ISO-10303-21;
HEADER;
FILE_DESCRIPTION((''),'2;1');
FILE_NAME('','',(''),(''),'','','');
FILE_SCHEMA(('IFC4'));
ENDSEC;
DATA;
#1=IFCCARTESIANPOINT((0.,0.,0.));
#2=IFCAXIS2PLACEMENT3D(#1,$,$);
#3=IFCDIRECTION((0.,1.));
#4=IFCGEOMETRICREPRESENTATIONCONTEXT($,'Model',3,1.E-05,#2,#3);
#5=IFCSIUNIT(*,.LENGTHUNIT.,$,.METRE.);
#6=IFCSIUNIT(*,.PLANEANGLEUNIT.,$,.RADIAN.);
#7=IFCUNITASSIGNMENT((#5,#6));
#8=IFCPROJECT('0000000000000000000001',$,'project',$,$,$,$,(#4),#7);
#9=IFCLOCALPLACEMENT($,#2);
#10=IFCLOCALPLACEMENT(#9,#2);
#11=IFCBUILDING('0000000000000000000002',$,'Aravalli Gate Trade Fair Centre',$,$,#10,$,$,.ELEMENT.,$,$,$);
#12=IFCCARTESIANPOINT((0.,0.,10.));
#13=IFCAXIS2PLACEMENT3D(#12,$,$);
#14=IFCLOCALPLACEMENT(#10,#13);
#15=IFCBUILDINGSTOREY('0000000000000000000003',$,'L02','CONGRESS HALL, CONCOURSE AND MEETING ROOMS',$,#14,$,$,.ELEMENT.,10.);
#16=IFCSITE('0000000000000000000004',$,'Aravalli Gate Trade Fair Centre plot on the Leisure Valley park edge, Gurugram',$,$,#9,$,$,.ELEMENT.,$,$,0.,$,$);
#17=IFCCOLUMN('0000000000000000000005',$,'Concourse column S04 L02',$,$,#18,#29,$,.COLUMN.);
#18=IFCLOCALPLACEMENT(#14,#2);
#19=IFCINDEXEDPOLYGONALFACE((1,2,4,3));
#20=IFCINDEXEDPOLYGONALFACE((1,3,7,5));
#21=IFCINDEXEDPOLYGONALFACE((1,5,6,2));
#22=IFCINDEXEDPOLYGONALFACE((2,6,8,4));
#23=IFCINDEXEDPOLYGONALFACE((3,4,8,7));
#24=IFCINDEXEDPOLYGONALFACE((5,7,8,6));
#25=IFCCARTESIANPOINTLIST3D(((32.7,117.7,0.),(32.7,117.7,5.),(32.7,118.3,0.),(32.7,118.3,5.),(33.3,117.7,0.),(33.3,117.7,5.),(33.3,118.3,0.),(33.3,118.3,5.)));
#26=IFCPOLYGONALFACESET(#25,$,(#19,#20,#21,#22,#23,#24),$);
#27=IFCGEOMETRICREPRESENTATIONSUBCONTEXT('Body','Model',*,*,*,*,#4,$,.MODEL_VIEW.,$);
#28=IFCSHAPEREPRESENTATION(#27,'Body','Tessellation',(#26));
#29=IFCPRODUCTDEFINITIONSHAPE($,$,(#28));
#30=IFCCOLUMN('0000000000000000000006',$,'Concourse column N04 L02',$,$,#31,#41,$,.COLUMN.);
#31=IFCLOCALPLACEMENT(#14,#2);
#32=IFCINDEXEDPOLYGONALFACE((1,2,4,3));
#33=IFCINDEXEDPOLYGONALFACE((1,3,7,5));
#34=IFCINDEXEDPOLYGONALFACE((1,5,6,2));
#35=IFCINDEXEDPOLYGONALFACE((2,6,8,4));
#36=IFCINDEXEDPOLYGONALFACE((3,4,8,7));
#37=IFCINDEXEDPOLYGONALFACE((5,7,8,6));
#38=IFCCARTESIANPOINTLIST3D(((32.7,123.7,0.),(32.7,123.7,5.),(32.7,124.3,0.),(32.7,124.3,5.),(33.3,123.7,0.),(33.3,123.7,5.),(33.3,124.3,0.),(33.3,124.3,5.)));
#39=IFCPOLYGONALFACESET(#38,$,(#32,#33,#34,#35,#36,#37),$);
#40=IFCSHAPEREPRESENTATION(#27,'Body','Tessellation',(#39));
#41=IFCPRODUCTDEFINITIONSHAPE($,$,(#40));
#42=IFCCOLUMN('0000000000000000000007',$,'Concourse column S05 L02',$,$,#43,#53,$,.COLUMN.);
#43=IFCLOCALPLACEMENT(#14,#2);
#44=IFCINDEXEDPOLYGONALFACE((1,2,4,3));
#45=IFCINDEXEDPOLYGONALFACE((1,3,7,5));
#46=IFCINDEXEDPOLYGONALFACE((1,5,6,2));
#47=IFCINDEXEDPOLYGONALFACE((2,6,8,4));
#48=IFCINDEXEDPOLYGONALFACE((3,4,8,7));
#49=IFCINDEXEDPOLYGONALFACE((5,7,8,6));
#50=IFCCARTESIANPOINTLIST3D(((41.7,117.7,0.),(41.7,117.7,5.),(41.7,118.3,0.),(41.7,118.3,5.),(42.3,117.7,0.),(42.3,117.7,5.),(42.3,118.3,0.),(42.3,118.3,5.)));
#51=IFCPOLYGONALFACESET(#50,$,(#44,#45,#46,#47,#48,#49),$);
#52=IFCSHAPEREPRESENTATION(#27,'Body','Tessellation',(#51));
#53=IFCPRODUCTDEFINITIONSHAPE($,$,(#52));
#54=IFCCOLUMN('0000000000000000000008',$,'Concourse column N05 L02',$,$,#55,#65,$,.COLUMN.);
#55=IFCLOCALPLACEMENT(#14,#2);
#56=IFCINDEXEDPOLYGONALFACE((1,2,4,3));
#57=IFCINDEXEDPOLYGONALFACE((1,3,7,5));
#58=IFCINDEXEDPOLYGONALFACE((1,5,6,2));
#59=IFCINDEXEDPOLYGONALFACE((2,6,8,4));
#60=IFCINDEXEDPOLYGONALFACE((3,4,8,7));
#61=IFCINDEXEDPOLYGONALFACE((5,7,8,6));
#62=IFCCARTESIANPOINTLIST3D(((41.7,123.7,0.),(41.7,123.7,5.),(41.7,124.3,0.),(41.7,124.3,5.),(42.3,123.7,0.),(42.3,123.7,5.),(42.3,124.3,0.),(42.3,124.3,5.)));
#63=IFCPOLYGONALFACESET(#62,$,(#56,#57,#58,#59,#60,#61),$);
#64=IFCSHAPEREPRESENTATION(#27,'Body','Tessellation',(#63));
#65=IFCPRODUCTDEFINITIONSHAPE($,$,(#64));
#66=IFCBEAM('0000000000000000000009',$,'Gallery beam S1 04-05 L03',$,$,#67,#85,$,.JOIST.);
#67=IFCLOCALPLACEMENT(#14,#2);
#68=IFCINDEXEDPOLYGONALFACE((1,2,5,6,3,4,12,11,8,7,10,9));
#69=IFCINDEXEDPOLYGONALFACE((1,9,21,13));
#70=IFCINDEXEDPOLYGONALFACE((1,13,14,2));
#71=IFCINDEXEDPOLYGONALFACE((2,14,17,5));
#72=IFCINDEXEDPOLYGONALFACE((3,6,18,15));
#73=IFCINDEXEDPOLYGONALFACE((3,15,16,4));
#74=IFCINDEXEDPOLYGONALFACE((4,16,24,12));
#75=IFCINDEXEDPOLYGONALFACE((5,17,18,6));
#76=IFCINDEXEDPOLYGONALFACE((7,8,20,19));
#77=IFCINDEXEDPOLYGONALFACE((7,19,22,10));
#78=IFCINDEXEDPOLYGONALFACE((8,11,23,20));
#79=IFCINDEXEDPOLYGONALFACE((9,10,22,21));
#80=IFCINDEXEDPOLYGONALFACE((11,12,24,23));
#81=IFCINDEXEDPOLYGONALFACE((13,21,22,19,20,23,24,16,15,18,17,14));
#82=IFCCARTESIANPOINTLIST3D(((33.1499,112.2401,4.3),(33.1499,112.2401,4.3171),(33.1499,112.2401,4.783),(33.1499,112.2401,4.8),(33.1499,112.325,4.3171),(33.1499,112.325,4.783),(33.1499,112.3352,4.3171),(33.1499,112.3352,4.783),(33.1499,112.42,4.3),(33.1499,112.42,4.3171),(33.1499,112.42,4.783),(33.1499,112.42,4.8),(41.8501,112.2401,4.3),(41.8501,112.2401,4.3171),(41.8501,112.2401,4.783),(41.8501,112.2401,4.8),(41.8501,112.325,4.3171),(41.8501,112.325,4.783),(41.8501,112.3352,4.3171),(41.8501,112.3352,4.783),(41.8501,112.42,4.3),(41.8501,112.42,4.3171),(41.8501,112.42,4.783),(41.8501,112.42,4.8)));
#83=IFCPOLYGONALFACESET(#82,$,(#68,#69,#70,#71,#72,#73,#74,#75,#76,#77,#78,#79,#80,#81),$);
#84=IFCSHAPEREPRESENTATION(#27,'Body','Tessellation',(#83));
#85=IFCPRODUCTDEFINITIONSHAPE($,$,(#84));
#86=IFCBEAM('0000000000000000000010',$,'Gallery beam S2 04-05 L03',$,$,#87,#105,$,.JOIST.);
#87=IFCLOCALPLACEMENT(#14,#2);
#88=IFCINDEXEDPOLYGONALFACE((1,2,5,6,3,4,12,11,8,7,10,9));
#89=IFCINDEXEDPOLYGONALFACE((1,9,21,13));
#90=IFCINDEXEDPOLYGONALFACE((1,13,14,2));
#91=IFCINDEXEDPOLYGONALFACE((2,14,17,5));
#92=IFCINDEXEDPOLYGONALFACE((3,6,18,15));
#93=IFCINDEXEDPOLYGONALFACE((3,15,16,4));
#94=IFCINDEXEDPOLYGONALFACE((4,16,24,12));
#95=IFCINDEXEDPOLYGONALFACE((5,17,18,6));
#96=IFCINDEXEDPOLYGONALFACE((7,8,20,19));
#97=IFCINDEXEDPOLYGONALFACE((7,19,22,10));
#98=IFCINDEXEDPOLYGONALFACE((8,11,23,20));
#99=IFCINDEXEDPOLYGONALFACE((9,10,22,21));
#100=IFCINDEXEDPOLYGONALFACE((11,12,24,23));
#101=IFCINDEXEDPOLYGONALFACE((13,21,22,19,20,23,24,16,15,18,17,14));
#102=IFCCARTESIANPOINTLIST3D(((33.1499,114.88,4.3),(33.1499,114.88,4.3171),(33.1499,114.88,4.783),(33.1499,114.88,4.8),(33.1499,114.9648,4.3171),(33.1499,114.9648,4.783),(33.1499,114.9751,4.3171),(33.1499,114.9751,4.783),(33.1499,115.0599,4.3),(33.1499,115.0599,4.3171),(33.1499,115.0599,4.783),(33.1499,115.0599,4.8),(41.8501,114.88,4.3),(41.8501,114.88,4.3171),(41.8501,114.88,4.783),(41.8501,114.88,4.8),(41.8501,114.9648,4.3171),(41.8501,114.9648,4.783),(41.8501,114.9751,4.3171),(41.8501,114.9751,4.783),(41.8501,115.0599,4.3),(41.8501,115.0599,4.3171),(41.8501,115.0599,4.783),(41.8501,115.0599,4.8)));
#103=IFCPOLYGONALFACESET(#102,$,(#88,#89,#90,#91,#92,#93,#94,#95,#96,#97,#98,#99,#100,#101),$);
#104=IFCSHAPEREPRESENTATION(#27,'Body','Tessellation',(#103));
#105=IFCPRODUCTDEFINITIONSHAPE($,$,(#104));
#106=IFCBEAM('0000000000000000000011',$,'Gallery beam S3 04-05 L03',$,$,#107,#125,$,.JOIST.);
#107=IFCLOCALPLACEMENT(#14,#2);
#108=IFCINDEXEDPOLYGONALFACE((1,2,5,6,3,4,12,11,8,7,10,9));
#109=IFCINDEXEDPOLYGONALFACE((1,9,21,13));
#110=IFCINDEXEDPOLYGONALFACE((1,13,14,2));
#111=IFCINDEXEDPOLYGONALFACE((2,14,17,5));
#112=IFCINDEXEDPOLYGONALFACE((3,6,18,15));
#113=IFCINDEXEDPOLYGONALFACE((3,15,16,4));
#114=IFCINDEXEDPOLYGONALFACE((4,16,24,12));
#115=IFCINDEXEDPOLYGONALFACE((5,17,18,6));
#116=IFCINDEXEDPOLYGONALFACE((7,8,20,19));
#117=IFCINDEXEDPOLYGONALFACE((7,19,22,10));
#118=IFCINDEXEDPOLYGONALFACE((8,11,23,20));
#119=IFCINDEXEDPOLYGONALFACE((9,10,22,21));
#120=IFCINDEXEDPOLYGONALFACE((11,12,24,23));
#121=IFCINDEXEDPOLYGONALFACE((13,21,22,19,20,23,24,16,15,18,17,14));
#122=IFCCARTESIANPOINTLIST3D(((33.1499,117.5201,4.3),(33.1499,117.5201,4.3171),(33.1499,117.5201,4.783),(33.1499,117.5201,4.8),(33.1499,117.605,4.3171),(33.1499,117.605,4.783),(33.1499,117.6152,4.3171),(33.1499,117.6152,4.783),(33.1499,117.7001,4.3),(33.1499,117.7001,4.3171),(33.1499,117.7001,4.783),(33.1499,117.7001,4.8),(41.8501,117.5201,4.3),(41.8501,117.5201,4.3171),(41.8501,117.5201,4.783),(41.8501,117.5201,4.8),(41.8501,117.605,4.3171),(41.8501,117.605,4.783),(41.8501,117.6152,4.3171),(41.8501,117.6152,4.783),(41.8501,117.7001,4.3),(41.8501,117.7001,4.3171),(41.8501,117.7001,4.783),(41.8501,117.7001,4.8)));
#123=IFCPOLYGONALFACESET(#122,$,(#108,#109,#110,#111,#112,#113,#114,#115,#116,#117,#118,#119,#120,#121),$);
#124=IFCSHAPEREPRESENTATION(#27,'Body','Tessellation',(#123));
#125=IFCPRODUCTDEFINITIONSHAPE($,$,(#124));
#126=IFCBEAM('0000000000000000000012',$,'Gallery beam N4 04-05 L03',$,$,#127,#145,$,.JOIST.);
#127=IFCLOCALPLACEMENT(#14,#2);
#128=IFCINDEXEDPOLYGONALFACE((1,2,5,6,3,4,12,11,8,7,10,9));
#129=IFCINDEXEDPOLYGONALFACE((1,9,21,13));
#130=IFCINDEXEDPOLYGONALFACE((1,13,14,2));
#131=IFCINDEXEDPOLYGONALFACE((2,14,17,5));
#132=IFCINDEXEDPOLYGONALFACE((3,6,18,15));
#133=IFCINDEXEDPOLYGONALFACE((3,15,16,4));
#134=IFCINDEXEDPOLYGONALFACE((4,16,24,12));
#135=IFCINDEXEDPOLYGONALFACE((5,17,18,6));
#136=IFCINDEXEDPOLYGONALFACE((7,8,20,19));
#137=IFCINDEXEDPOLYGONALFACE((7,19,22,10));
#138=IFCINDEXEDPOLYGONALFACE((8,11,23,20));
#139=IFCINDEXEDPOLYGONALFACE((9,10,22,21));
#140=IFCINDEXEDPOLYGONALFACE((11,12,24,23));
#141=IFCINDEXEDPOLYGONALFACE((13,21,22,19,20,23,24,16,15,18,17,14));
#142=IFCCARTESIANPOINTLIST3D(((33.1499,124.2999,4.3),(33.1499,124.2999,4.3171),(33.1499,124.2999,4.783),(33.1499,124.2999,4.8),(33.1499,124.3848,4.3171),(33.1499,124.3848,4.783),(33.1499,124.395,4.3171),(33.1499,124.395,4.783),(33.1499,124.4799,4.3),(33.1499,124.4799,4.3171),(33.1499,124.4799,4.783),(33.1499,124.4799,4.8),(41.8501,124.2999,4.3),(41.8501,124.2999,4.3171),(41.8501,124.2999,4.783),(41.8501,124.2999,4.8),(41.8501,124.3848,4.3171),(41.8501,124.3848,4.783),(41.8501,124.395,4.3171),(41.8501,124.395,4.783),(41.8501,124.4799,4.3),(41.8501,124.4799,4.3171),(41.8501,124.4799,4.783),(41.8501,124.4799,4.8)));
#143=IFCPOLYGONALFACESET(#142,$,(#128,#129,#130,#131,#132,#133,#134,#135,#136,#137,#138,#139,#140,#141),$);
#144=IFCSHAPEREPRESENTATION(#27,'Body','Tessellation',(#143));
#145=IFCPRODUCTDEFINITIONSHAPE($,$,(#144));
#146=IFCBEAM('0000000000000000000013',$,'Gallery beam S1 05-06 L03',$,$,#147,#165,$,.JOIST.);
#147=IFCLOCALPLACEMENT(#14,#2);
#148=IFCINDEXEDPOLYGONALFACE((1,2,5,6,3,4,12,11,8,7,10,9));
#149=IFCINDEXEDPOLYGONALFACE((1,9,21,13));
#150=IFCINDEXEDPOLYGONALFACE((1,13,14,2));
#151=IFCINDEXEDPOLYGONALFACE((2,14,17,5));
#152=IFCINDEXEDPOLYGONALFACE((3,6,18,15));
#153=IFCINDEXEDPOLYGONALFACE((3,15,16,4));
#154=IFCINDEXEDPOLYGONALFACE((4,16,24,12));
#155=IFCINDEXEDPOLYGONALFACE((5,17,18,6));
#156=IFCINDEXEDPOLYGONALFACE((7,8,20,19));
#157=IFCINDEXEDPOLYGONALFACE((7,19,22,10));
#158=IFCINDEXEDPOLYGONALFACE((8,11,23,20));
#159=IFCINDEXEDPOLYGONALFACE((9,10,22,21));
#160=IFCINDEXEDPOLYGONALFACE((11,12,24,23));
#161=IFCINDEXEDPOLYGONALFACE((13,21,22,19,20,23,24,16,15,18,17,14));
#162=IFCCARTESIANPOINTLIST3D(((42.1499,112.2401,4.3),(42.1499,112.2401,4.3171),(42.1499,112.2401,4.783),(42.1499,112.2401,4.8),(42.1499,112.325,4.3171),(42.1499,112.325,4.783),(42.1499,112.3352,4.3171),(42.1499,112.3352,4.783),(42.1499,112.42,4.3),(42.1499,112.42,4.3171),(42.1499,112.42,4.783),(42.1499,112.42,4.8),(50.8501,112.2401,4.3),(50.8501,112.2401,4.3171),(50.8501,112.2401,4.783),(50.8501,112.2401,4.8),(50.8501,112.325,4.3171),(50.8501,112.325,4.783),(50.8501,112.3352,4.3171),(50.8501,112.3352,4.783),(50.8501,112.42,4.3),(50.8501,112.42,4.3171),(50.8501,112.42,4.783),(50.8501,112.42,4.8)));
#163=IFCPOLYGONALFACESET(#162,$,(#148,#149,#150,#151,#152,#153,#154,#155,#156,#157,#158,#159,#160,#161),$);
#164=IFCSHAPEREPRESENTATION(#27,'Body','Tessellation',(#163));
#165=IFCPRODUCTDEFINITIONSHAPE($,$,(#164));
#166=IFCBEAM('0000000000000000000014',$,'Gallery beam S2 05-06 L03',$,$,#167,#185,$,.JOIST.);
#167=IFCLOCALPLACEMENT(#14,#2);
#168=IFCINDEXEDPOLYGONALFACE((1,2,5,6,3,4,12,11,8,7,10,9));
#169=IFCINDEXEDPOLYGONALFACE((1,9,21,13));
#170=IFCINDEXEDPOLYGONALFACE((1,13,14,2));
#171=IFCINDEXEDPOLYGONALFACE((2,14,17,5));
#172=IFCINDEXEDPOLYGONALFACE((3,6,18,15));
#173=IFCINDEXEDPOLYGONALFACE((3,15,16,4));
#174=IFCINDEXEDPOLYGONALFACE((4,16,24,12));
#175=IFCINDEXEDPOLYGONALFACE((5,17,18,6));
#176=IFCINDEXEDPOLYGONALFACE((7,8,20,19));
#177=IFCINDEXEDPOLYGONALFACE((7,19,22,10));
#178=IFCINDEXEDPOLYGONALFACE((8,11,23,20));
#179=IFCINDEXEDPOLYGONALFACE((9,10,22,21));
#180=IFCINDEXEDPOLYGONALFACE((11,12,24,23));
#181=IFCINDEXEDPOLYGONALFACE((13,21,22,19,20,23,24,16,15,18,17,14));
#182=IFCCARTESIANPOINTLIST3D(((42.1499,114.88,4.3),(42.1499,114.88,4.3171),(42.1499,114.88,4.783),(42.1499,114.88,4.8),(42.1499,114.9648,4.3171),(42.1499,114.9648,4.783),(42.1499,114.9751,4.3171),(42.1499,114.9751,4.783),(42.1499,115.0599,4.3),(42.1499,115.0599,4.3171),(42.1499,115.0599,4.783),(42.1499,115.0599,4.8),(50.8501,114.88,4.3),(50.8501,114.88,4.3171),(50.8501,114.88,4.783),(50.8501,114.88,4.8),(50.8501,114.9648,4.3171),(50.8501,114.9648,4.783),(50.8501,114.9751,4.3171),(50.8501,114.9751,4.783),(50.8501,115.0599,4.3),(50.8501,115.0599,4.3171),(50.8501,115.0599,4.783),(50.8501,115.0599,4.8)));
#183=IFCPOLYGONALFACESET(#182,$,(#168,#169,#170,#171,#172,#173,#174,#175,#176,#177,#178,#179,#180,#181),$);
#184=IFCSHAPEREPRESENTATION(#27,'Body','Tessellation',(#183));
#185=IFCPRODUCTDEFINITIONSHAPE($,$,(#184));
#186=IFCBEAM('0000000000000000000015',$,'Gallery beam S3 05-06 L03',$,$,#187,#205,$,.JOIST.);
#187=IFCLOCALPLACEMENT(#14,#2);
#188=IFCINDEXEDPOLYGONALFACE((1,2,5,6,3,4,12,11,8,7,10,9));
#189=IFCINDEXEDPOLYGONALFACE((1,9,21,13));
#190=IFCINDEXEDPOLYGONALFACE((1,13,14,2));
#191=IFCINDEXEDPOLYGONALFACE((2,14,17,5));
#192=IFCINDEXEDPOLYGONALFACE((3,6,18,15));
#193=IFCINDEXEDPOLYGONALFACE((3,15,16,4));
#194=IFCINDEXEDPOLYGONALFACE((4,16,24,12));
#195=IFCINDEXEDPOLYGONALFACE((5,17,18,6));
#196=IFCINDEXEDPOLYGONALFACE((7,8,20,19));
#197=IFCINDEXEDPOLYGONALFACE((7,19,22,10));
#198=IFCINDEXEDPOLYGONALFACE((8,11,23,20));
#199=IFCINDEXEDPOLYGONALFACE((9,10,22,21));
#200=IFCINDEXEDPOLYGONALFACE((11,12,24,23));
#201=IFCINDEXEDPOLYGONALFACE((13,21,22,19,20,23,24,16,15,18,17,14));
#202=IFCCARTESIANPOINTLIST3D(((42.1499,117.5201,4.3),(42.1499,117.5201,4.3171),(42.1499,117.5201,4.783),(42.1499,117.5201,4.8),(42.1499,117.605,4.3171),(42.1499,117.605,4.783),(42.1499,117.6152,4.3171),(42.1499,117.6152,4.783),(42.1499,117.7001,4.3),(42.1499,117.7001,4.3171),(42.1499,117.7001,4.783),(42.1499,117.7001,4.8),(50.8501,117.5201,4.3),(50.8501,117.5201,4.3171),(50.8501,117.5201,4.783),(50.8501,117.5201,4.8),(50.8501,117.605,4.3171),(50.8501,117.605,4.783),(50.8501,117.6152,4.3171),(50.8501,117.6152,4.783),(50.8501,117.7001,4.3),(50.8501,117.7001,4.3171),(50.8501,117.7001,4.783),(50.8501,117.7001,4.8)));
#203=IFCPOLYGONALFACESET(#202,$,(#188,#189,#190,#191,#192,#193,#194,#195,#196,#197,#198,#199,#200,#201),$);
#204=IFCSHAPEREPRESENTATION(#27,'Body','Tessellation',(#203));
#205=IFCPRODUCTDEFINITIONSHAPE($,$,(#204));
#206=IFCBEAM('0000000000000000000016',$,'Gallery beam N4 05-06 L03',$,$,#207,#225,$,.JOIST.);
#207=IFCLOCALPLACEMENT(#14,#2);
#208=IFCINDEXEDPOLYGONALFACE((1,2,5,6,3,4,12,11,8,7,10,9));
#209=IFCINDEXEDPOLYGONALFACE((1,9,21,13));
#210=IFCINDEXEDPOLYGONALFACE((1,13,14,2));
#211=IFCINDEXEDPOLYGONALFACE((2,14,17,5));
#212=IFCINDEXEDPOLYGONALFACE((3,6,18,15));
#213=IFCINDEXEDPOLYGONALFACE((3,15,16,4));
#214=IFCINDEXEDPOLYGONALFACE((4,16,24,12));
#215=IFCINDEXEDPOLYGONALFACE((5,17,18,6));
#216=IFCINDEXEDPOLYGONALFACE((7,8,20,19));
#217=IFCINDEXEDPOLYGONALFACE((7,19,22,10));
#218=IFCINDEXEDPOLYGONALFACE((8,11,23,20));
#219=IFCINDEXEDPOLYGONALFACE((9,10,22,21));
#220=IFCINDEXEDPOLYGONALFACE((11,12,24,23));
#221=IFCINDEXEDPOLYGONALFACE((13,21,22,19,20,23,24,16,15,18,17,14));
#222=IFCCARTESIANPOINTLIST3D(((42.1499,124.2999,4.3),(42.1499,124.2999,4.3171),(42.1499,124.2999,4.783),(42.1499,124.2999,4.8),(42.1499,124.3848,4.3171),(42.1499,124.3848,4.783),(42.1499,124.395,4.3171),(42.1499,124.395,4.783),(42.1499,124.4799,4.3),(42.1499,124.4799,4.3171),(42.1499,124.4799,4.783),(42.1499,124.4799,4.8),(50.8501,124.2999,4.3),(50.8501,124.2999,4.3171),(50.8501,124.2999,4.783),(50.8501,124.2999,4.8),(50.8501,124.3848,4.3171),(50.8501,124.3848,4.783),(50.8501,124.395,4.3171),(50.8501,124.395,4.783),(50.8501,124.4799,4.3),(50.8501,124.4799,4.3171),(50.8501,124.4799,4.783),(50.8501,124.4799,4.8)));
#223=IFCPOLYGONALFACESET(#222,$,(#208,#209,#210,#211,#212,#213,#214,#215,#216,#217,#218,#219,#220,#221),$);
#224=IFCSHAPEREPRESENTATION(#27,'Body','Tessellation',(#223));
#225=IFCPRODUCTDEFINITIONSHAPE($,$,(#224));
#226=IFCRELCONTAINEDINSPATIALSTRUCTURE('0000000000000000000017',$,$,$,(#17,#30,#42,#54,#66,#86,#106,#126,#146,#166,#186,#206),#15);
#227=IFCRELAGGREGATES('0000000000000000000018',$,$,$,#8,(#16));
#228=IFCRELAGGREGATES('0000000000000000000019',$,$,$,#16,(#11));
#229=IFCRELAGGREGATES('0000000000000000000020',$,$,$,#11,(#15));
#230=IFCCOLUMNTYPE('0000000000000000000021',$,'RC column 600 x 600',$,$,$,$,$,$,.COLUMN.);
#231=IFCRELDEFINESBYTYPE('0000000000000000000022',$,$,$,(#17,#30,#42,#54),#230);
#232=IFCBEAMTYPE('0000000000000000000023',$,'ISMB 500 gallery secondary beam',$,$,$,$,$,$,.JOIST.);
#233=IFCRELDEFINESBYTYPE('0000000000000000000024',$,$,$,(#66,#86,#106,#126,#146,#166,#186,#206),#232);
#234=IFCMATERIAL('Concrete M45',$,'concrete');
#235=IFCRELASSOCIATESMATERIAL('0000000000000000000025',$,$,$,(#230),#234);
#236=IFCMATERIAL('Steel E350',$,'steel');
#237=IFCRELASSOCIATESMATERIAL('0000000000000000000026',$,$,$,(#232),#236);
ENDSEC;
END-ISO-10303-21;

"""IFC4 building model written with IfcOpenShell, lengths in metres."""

from ifc_helpers import new_model, si_unit, direction, frame, origin, origin_2d, place, context, subcontext, project, spatial, rectangle, i_section, extrude, material, material_profile, profile_set, type_object, element, save


model = new_model("IFC4")

# Units and contexts
model_context = context("Model", 3, precision=1e-05, world=origin(), true_north=direction((0.0, 1.0)))
body_context = subcontext(model_context, "Body", "Model", "MODEL_VIEW")
ifc_project = project(units=[si_unit("LENGTHUNIT", "METRE"), si_unit("PLANEANGLEUNIT", "RADIAN")], contexts=[model_context])

# Site, building, storey
site_placement = place(None, origin())
site = spatial("IfcSite", under=ifc_project, at=site_placement, Name="Aravalli Gate Trade Fair Centre plot on the Leisure Valley park edge, Gurugram", CompositionType="ELEMENT", RefElevation=0.0)
building_placement = place(site_placement, origin())
building = spatial("IfcBuilding", under=site, at=building_placement, Name="Aravalli Gate Trade Fair Centre", CompositionType="ELEMENT")
storey_placement = place(building_placement, frame((0.0, 0.0, 10.0)))
storey = spatial("IfcBuildingStorey", under=building, at=storey_placement, Name="L02", Description="CONGRESS HALL, CONCOURSE AND MEETING ROOMS", CompositionType="ELEMENT", Elevation=10.0)

# Columns
ifc_material_1 = material(Name="Concrete M45", Category="concrete")
ifc_material_profile_1 = material_profile(ifc_material_1, rectangle(XDim=0.6001, YDim=0.6001, at=origin_2d()), Name="RC column 600 x 600")
ifc_profile_set_1 = profile_set([ifc_material_profile_1], Name="Concrete M45")
column_type = type_object("IfcColumnType", Name="RC column 600 x 600", PredefinedType="COLUMN", material=ifc_profile_set_1)
for number, where, z_axis, x_axis, name in (
    (1, (33.0, 118.0, 0.0), (0.0, 0.0, 1.0), (1.0, 0.0, 0.0), "Concourse column S04 L02"),
    (2, (33.0, 124.0, 0.0), (0.0, 0.0, 1.0), (1.0, 0.0, 0.0), "Concourse column N04 L02"),
    (3, (42.0, 118.0, 0.0), (0.0, 0.0, 1.0), (1.0, 0.0, 0.0), "Concourse column S05 L02"),
    (4, (42.0, 124.0, 0.0), (0.0, 0.0, 1.0), (1.0, 0.0, 0.0), "Concourse column N05 L02"),
):
    element("IfcColumn", number, at=place(storey_placement, frame(where, z_axis=z_axis, x_axis=x_axis)), inside=storey, type_object=column_type, Name=name, PredefinedType="COLUMN", context=body_context, shape_type="SweptSolid", body=[
        extrude(rectangle(XDim=0.6001, YDim=0.6001, at=origin_2d()), origin(), (0.0, 0.0, 1.0), 5.0),
    ])

# Beams
ifc_material_2 = material(Name="Steel E350", Category="steel")
ifc_material_profile_2 = material_profile(ifc_material_2, i_section(OverallWidth=0.1799, OverallDepth=0.5, WebThickness=0.0103, FlangeThickness=0.0171, at=origin_2d()), Name="ISMB 500")
ifc_profile_set_2 = profile_set([ifc_material_profile_2], Name="Steel E350")
beam_type_1 = type_object("IfcBeamType", Name="ISMB 500 gallery secondary beam", PredefinedType="JOIST", material=ifc_profile_set_2)
for number, where, z_axis, x_axis, name in (
    (5, (33.1499, 112.3301, 4.55), (1.0, 0.0, 0.0), (0.0, 1.0, 0.0), "Gallery beam S1 04-05 L03"),
    (6, (33.1499, 114.97, 4.55), (1.0, 0.0, 0.0), (0.0, 1.0, 0.0), "Gallery beam S2 04-05 L03"),
    (7, (33.1499, 117.6101, 4.55), (1.0, 0.0, 0.0), (0.0, 1.0, 0.0), "Gallery beam S3 04-05 L03"),
    (8, (33.1499, 124.3899, 4.55), (1.0, 0.0, 0.0), (0.0, 1.0, 0.0), "Gallery beam N4 04-05 L03"),
    (9, (42.1499, 112.3301, 4.55), (1.0, 0.0, 0.0), (0.0, 1.0, 0.0), "Gallery beam S1 05-06 L03"),
    (10, (42.1499, 114.97, 4.55), (1.0, 0.0, 0.0), (0.0, 1.0, 0.0), "Gallery beam S2 05-06 L03"),
    (11, (42.1499, 117.6101, 4.55), (1.0, 0.0, 0.0), (0.0, 1.0, 0.0), "Gallery beam S3 05-06 L03"),
    (12, (42.1499, 124.3899, 4.55), (1.0, 0.0, 0.0), (0.0, 1.0, 0.0), "Gallery beam N4 05-06 L03"),
):
    element("IfcBeam", number, at=place(storey_placement, frame(where, z_axis=z_axis, x_axis=x_axis)), inside=storey, type_object=beam_type_1, Name=name, PredefinedType="JOIST", context=body_context, shape_type="SweptSolid", body=[
        extrude(i_section(OverallWidth=0.1799, OverallDepth=0.5, WebThickness=0.0103, FlangeThickness=0.0171, at=origin_2d()), origin(), (0.0, 0.0, 1.0), 8.7002),
    ])

save(model, "model.ifc")
